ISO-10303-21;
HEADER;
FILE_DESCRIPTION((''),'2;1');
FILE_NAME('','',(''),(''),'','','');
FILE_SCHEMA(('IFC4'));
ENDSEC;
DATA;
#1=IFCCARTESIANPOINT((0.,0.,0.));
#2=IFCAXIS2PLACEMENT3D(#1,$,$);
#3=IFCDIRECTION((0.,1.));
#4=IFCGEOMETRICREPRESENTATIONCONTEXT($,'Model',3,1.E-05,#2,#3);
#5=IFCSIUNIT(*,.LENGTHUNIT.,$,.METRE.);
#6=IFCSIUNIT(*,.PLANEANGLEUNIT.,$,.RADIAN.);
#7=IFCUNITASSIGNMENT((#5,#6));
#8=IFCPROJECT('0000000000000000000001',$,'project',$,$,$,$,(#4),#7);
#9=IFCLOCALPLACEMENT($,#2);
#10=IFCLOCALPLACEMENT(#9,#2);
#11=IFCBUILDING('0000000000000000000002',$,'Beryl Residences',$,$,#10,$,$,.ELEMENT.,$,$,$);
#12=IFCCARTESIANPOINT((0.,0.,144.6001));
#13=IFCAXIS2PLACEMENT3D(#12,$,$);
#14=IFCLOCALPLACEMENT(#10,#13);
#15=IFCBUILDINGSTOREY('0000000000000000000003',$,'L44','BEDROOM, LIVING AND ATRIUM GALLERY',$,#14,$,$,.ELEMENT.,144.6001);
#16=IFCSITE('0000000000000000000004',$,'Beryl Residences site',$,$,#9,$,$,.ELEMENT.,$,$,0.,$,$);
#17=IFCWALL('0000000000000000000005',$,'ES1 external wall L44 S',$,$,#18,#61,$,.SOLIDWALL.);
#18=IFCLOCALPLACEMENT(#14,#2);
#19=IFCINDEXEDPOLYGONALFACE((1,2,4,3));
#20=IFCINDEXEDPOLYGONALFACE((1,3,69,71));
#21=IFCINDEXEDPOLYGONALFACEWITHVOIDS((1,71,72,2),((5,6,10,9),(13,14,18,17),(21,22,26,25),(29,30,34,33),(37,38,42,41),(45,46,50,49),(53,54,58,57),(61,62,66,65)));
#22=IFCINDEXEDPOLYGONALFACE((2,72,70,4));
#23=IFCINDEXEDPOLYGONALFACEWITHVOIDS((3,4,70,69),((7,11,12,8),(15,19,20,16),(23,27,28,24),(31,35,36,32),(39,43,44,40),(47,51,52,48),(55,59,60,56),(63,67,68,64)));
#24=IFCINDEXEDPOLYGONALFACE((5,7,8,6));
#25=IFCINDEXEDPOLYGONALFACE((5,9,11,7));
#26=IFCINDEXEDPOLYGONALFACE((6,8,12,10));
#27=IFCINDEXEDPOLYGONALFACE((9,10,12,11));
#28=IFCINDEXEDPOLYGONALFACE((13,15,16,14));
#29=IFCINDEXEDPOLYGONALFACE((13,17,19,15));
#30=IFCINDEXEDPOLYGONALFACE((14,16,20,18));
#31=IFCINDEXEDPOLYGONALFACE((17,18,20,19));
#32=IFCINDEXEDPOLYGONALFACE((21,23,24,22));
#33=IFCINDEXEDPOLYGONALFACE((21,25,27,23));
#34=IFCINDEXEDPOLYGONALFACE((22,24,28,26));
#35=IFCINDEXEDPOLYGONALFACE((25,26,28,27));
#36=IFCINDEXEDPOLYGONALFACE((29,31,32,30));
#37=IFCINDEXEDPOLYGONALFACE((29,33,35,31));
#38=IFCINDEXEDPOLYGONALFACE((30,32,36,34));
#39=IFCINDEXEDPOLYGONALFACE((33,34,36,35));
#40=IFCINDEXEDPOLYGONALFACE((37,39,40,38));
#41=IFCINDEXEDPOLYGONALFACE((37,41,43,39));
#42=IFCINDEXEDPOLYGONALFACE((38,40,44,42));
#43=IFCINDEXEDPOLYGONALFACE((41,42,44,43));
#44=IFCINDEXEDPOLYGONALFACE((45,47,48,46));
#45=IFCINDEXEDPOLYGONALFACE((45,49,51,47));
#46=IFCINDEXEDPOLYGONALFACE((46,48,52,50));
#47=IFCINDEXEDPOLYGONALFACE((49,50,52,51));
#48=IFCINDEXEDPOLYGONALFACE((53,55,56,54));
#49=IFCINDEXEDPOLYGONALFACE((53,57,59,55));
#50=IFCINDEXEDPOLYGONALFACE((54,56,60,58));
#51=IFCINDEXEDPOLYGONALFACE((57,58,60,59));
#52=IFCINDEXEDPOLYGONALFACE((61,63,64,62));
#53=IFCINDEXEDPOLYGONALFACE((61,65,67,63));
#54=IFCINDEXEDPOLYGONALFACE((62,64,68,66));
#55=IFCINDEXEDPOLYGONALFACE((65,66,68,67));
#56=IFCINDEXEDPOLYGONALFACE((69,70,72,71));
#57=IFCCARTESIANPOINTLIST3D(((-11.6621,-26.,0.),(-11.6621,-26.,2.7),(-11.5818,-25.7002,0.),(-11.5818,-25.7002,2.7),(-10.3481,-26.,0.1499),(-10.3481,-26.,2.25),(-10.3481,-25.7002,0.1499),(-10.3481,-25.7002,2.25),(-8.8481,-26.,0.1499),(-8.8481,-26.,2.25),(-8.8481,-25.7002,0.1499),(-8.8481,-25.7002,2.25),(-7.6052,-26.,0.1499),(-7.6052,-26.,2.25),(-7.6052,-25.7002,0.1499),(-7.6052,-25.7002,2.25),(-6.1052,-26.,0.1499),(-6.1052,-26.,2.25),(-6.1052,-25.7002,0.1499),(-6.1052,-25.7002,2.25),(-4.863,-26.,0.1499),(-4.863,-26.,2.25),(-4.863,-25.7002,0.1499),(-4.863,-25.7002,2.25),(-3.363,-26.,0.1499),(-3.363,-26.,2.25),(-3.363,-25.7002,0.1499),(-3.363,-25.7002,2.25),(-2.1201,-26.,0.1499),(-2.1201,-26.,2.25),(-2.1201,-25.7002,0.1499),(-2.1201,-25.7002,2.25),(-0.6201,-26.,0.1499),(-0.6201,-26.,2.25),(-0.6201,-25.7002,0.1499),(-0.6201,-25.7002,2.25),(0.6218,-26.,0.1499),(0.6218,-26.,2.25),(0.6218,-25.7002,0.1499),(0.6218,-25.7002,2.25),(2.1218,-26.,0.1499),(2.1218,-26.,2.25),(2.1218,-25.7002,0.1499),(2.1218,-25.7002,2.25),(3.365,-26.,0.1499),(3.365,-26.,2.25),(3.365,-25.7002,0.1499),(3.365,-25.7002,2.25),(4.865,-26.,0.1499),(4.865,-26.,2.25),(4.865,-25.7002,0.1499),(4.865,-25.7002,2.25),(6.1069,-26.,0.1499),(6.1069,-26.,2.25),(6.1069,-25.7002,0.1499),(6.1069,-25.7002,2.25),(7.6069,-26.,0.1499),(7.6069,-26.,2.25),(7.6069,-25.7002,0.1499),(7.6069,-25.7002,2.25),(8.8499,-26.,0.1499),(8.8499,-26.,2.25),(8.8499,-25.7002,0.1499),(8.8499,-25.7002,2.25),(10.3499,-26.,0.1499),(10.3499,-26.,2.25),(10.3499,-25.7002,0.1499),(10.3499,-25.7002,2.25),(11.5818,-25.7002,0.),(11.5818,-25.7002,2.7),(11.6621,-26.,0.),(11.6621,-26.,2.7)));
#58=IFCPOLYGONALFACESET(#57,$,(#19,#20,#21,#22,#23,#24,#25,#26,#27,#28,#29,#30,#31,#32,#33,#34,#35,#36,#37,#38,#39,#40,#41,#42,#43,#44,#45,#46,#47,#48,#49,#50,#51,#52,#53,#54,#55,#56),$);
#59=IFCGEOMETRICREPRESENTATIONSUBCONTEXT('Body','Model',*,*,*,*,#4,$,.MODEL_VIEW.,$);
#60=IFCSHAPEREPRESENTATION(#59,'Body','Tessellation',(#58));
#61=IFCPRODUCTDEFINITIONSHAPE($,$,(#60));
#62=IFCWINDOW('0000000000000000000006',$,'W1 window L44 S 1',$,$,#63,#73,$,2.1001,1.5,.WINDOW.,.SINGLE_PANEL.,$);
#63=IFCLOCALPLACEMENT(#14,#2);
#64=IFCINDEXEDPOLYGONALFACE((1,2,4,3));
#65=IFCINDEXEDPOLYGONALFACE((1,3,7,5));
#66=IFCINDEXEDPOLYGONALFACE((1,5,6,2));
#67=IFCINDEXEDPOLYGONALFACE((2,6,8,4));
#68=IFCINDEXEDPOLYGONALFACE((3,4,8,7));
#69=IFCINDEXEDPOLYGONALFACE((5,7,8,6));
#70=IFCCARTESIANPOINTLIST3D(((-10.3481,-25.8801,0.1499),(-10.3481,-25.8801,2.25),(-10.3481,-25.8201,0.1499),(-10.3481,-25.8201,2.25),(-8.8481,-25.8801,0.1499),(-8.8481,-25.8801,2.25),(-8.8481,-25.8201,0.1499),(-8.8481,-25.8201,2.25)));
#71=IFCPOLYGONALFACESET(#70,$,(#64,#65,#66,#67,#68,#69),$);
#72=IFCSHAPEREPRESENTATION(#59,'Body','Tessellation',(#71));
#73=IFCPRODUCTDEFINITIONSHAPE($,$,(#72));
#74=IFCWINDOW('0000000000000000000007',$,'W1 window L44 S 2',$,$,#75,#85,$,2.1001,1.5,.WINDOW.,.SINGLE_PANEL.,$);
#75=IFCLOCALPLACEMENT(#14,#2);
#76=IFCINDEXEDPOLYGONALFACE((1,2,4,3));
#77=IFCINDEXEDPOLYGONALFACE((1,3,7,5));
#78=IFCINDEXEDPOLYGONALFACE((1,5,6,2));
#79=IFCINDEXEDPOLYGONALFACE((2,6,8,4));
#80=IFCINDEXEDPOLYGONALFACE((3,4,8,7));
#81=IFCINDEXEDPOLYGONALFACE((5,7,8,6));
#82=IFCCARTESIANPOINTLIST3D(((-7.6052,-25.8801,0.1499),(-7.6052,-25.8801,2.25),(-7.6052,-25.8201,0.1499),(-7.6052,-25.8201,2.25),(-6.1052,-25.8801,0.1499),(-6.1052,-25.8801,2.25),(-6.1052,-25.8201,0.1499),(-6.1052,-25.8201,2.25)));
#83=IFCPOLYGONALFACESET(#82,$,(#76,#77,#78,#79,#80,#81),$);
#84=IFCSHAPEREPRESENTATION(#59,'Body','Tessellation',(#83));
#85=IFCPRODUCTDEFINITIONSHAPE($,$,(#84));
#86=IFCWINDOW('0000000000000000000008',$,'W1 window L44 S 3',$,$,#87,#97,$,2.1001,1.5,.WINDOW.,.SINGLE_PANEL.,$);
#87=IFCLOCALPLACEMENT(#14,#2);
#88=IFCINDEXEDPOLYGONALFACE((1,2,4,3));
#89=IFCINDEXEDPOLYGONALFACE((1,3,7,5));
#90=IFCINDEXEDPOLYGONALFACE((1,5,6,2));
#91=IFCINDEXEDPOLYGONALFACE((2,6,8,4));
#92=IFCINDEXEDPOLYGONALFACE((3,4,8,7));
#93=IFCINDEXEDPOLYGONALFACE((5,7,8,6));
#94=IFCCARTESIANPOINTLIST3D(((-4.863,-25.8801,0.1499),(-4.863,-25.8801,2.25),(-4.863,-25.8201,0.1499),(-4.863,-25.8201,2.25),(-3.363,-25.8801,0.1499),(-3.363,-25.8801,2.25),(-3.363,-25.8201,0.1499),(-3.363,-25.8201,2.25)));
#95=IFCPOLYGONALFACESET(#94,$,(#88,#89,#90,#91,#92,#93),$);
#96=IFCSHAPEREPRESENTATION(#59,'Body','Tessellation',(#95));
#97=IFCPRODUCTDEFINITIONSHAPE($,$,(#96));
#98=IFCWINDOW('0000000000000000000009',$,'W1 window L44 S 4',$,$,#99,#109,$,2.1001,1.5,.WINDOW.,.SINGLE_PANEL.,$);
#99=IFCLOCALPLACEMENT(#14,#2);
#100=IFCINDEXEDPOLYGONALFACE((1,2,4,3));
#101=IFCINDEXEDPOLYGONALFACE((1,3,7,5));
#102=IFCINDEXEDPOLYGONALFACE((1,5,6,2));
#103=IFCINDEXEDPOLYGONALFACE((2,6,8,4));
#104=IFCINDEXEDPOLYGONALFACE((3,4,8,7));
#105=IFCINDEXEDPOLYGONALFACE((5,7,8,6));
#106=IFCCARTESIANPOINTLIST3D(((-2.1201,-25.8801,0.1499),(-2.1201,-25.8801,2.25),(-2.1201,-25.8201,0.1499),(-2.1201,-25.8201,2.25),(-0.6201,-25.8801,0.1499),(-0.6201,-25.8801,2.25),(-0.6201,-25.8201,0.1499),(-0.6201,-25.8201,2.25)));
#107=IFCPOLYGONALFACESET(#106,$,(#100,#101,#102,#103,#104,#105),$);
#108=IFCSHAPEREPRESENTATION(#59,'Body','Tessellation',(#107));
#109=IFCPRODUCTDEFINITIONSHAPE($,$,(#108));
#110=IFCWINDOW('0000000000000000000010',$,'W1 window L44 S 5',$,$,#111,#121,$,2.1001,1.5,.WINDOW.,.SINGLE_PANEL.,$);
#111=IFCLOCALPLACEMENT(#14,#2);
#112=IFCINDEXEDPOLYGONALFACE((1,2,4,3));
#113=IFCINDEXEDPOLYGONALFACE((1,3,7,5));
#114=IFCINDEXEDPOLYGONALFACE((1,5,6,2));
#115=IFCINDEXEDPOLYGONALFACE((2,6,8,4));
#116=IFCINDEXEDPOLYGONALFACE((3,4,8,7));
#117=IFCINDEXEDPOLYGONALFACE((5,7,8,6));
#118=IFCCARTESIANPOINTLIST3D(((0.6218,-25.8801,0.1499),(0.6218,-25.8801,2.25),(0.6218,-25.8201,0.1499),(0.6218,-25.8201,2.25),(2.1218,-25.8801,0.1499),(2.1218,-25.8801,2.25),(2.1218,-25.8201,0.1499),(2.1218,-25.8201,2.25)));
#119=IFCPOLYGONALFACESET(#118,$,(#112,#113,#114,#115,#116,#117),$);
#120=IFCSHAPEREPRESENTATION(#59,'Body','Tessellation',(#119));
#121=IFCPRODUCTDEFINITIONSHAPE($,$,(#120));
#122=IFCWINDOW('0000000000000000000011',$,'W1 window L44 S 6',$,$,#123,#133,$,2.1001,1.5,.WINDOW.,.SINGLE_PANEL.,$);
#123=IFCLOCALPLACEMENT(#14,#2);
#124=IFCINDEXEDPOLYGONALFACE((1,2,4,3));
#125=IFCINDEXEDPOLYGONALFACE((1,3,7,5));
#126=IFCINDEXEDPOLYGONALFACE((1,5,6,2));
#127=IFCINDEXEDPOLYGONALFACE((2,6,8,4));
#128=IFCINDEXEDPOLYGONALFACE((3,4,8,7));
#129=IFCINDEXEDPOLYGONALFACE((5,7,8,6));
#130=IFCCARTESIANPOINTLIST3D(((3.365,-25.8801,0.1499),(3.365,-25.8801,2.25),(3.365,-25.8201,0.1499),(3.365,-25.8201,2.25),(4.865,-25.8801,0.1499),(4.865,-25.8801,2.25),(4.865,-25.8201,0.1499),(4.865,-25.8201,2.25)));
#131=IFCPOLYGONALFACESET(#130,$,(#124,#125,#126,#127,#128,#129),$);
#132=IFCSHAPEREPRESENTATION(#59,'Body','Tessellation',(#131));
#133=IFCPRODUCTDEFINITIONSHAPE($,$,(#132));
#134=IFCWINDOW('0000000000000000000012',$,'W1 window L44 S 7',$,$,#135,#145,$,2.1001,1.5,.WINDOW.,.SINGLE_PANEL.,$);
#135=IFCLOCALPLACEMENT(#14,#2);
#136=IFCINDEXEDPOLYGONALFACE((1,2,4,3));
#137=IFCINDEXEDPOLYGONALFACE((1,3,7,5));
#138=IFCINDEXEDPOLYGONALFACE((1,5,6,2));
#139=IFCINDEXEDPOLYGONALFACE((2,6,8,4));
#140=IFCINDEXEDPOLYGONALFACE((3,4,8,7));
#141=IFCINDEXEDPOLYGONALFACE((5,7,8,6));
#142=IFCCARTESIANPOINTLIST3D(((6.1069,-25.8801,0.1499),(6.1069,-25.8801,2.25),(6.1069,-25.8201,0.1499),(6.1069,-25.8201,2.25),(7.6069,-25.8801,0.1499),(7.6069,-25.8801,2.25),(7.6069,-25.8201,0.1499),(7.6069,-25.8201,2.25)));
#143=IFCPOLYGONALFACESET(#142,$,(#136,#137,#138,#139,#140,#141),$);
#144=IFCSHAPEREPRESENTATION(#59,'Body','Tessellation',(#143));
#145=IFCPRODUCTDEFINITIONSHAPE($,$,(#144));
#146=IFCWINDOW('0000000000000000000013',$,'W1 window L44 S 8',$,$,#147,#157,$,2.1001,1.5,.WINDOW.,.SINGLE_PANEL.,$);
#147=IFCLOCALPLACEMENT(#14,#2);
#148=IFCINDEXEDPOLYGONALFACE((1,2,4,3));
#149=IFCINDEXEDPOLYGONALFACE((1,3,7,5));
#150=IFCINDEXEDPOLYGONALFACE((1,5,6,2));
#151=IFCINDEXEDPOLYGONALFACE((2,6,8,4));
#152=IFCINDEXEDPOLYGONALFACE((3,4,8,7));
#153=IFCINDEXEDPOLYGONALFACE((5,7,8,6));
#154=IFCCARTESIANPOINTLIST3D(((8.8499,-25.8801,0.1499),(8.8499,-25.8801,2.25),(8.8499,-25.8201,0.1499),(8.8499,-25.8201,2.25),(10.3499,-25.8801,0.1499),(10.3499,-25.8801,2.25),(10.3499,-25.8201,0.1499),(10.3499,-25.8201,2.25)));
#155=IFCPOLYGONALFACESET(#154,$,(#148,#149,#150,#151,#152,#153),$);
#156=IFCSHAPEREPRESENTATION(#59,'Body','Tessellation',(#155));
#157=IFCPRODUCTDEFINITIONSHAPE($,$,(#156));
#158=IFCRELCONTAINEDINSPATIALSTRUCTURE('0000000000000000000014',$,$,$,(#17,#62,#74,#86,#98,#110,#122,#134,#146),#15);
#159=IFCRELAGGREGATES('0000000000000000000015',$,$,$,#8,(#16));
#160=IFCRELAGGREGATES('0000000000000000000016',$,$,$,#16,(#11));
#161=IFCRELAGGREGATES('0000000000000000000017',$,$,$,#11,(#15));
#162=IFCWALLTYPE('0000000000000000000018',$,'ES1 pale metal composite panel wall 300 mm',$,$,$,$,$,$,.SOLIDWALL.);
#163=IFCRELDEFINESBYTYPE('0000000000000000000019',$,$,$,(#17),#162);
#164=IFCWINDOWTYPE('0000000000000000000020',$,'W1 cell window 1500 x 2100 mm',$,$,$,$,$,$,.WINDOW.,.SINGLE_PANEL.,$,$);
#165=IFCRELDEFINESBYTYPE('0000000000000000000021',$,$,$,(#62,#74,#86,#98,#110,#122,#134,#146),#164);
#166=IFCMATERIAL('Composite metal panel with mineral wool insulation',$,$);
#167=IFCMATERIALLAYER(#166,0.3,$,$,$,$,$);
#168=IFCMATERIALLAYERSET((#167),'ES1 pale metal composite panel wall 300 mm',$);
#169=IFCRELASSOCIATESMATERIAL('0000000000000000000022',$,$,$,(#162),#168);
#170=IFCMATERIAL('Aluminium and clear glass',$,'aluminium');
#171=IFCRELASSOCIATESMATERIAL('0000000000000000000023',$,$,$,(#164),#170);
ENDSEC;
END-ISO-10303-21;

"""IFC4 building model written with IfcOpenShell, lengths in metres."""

from ifc_helpers import new_model, si_unit, direction, frame, frame_2d, origin, place, context, subcontext, project, spatial, polyline, rectangle, outline, extrude, material, layer, layer_set, type_object, element, fill, save


model = new_model("IFC4")

# Units and contexts
model_context = context("Model", 3, precision=1e-05, world=origin(), true_north=direction((0.0, 1.0)))
body_context = subcontext(model_context, "Body", "Model", "MODEL_VIEW")
ifc_project = project(units=[si_unit("LENGTHUNIT", "METRE"), si_unit("PLANEANGLEUNIT", "RADIAN")], contexts=[model_context])

# Site, building, storey
site_placement = place(None, origin())
site = spatial("IfcSite", under=ifc_project, at=site_placement, Name="Beryl Residences site", CompositionType="ELEMENT", RefElevation=0.0)
building_placement = place(site_placement, origin())
building = spatial("IfcBuilding", under=site, at=building_placement, Name="Beryl Residences", CompositionType="ELEMENT")
storey_placement = place(building_placement, frame((0.0, 0.0, 144.6001)))
storey = spatial("IfcBuildingStorey", under=building, at=storey_placement, Name="L44", Description="BEDROOM, LIVING AND ATRIUM GALLERY", CompositionType="ELEMENT", Elevation=144.6001)

# Wall, openings, windows
ifc_material_1 = material(Name="Composite metal panel with mineral wool insulation")
ifc_layer_1 = layer(ifc_material_1, 0.3)
ifc_layer_set_1 = layer_set([ifc_layer_1], Name="ES1 pale metal composite panel wall 300 mm")
wall_type_1 = type_object("IfcWallType", Name="ES1 pale metal composite panel wall 300 mm", PredefinedType="SOLIDWALL", material=ifc_layer_set_1)
wall_1_placement = place(storey_placement, frame((-11.6621, -25.8501, 0.0), z_axis=(0.0, 0.0, 1.0), x_axis=(1.0, 0.0, 0.0)))
wall_1 = element("IfcWall", 1, at=wall_1_placement, inside=storey, type_object=wall_type_1, Name="ES1 external wall L44 S", PredefinedType="SOLIDWALL", context=body_context, shape_type="SweptSolid", body=[
    extrude(outline(polyline([(0.0, -0.1499), (23.3242, -0.1499), (23.2439, 0.1499), (0.0803, 0.1499), (0.0, -0.1499)])), origin(), (0.0, 0.0, 1.0), 2.7),
])
opening_1_placement = place(wall_1_placement, frame((1.314, 0.0, 0.1499)))
opening_1 = element("IfcOpeningElement", 2, at=opening_1_placement, cuts=wall_1, PredefinedType="OPENING", context=body_context, shape_type="SweptSolid", body=[
    extrude(rectangle(XDim=1.5, YDim=2.1001, at=frame_2d((0.75, 1.05))), frame((0.0, 0.1599, 0.0), z_axis=(0.0, -1.0, 0.0), x_axis=(1.0, 0.0, 0.0)), (0.0, 0.0, 1.0), 0.3201),
])
opening_2_placement = place(wall_1_placement, frame((4.0569, 0.0, 0.1499)))
opening_2 = element("IfcOpeningElement", 3, at=opening_2_placement, cuts=wall_1, PredefinedType="OPENING", context=body_context, shape_type="SweptSolid", body=[
    extrude(rectangle(XDim=1.5, YDim=2.1001, at=frame_2d((0.75, 1.05))), frame((0.0, 0.1599, 0.0), z_axis=(0.0, -1.0, 0.0), x_axis=(1.0, 0.0, 0.0)), (0.0, 0.0, 1.0), 0.3201),
])
opening_3_placement = place(wall_1_placement, frame((6.7991, 0.0, 0.1499)))
opening_3 = element("IfcOpeningElement", 4, at=opening_3_placement, cuts=wall_1, PredefinedType="OPENING", context=body_context, shape_type="SweptSolid", body=[
    extrude(rectangle(XDim=1.5, YDim=2.1001, at=frame_2d((0.75, 1.05))), frame((0.0, 0.1599, 0.0), z_axis=(0.0, -1.0, 0.0), x_axis=(1.0, 0.0, 0.0)), (0.0, 0.0, 1.0), 0.3201),
])
opening_4_placement = place(wall_1_placement, frame((9.542, 0.0, 0.1499)))
opening_4 = element("IfcOpeningElement", 5, at=opening_4_placement, cuts=wall_1, PredefinedType="OPENING", context=body_context, shape_type="SweptSolid", body=[
    extrude(rectangle(XDim=1.5, YDim=2.1001, at=frame_2d((0.75, 1.05))), frame((0.0, 0.1599, 0.0), z_axis=(0.0, -1.0, 0.0), x_axis=(1.0, 0.0, 0.0)), (0.0, 0.0, 1.0), 0.3201),
])
opening_5_placement = place(wall_1_placement, frame((12.2839, 0.0, 0.1499)))
opening_5 = element("IfcOpeningElement", 6, at=opening_5_placement, cuts=wall_1, PredefinedType="OPENING", context=body_context, shape_type="SweptSolid", body=[
    extrude(rectangle(XDim=1.5, YDim=2.1001, at=frame_2d((0.75, 1.05))), frame((0.0, 0.1599, 0.0), z_axis=(0.0, -1.0, 0.0), x_axis=(1.0, 0.0, 0.0)), (0.0, 0.0, 1.0), 0.3201),
])
opening_6_placement = place(wall_1_placement, frame((15.0271, 0.0, 0.1499)))
opening_6 = element("IfcOpeningElement", 7, at=opening_6_placement, cuts=wall_1, PredefinedType="OPENING", context=body_context, shape_type="SweptSolid", body=[
    extrude(rectangle(XDim=1.5, YDim=2.1001, at=frame_2d((0.75, 1.05))), frame((0.0, 0.1599, 0.0), z_axis=(0.0, -1.0, 0.0), x_axis=(1.0, 0.0, 0.0)), (0.0, 0.0, 1.0), 0.3201),
])
opening_7_placement = place(wall_1_placement, frame((17.769, 0.0, 0.1499)))
opening_7 = element("IfcOpeningElement", 8, at=opening_7_placement, cuts=wall_1, PredefinedType="OPENING", context=body_context, shape_type="SweptSolid", body=[
    extrude(rectangle(XDim=1.5, YDim=2.1001, at=frame_2d((0.75, 1.05))), frame((0.0, 0.1599, 0.0), z_axis=(0.0, -1.0, 0.0), x_axis=(1.0, 0.0, 0.0)), (0.0, 0.0, 1.0), 0.3201),
])
opening_8_placement = place(wall_1_placement, frame((20.512, 0.0, 0.1499)))
opening_8 = element("IfcOpeningElement", 9, at=opening_8_placement, cuts=wall_1, PredefinedType="OPENING", context=body_context, shape_type="SweptSolid", body=[
    extrude(rectangle(XDim=1.5, YDim=2.1001, at=frame_2d((0.75, 1.05))), frame((0.0, 0.1599, 0.0), z_axis=(0.0, -1.0, 0.0), x_axis=(1.0, 0.0, 0.0)), (0.0, 0.0, 1.0), 0.3201),
])
ifc_material_2 = material(Name="Aluminium and clear glass", Category="aluminium")
window_type = type_object("IfcWindowType", Name="W1 cell window 1500 x 2100 mm", PartitioningType="SINGLE_PANEL", PredefinedType="WINDOW", material=ifc_material_2)
window_1_placement = place(opening_1_placement, origin())
window_1 = element("IfcWindow", 10, at=window_1_placement, inside=storey, type_object=window_type, Name="W1 window L44 S 1", OverallHeight=2.1001, OverallWidth=1.5, PartitioningType="SINGLE_PANEL", PredefinedType="WINDOW", context=body_context, shape_type="SweptSolid", body=[
    extrude(rectangle(XDim=1.5, YDim=2.1001, at=frame_2d((0.75, 1.05))), frame((0.0, 0.03, 0.0), z_axis=(0.0, -1.0, 0.0), x_axis=(1.0, 0.0, 0.0)), (0.0, 0.0, 1.0), 0.0601),
])
fill(opening_1, window_1)
window_2_placement = place(opening_2_placement, origin())
window_2 = element("IfcWindow", 11, at=window_2_placement, inside=storey, type_object=window_type, Name="W1 window L44 S 2", OverallHeight=2.1001, OverallWidth=1.5, PartitioningType="SINGLE_PANEL", PredefinedType="WINDOW", context=body_context, shape_type="SweptSolid", body=[
    extrude(rectangle(XDim=1.5, YDim=2.1001, at=frame_2d((0.75, 1.05))), frame((0.0, 0.03, 0.0), z_axis=(0.0, -1.0, 0.0), x_axis=(1.0, 0.0, 0.0)), (0.0, 0.0, 1.0), 0.0601),
])
fill(opening_2, window_2)
window_3_placement = place(opening_3_placement, origin())
window_3 = element("IfcWindow", 12, at=window_3_placement, inside=storey, type_object=window_type, Name="W1 window L44 S 3", OverallHeight=2.1001, OverallWidth=1.5, PartitioningType="SINGLE_PANEL", PredefinedType="WINDOW", context=body_context, shape_type="SweptSolid", body=[
    extrude(rectangle(XDim=1.5, YDim=2.1001, at=frame_2d((0.75, 1.05))), frame((0.0, 0.03, 0.0), z_axis=(0.0, -1.0, 0.0), x_axis=(1.0, 0.0, 0.0)), (0.0, 0.0, 1.0), 0.0601),
])
fill(opening_3, window_3)
window_4_placement = place(opening_4_placement, origin())
window_4 = element("IfcWindow", 13, at=window_4_placement, inside=storey, type_object=window_type, Name="W1 window L44 S 4", OverallHeight=2.1001, OverallWidth=1.5, PartitioningType="SINGLE_PANEL", PredefinedType="WINDOW", context=body_context, shape_type="SweptSolid", body=[
    extrude(rectangle(XDim=1.5, YDim=2.1001, at=frame_2d((0.75, 1.05))), frame((0.0, 0.03, 0.0), z_axis=(0.0, -1.0, 0.0), x_axis=(1.0, 0.0, 0.0)), (0.0, 0.0, 1.0), 0.0601),
])
fill(opening_4, window_4)
window_5_placement = place(opening_5_placement, origin())
window_5 = element("IfcWindow", 14, at=window_5_placement, inside=storey, type_object=window_type, Name="W1 window L44 S 5", OverallHeight=2.1001, OverallWidth=1.5, PartitioningType="SINGLE_PANEL", PredefinedType="WINDOW", context=body_context, shape_type="SweptSolid", body=[
    extrude(rectangle(XDim=1.5, YDim=2.1001, at=frame_2d((0.75, 1.05))), frame((0.0, 0.03, 0.0), z_axis=(0.0, -1.0, 0.0), x_axis=(1.0, 0.0, 0.0)), (0.0, 0.0, 1.0), 0.0601),
])
fill(opening_5, window_5)
window_6_placement = place(opening_6_placement, origin())
window_6 = element("IfcWindow", 15, at=window_6_placement, inside=storey, type_object=window_type, Name="W1 window L44 S 6", OverallHeight=2.1001, OverallWidth=1.5, PartitioningType="SINGLE_PANEL", PredefinedType="WINDOW", context=body_context, shape_type="SweptSolid", body=[
    extrude(rectangle(XDim=1.5, YDim=2.1001, at=frame_2d((0.75, 1.05))), frame((0.0, 0.03, 0.0), z_axis=(0.0, -1.0, 0.0), x_axis=(1.0, 0.0, 0.0)), (0.0, 0.0, 1.0), 0.0601),
])
fill(opening_6, window_6)
window_7_placement = place(opening_7_placement, origin())
window_7 = element("IfcWindow", 16, at=window_7_placement, inside=storey, type_object=window_type, Name="W1 window L44 S 7", OverallHeight=2.1001, OverallWidth=1.5, PartitioningType="SINGLE_PANEL", PredefinedType="WINDOW", context=body_context, shape_type="SweptSolid", body=[
    extrude(rectangle(XDim=1.5, YDim=2.1001, at=frame_2d((0.75, 1.05))), frame((0.0, 0.03, 0.0), z_axis=(0.0, -1.0, 0.0), x_axis=(1.0, 0.0, 0.0)), (0.0, 0.0, 1.0), 0.0601),
])
fill(opening_7, window_7)
window_8_placement = place(opening_8_placement, origin())
window_8 = element("IfcWindow", 17, at=window_8_placement, inside=storey, type_object=window_type, Name="W1 window L44 S 8", OverallHeight=2.1001, OverallWidth=1.5, PartitioningType="SINGLE_PANEL", PredefinedType="WINDOW", context=body_context, shape_type="SweptSolid", body=[
    extrude(rectangle(XDim=1.5, YDim=2.1001, at=frame_2d((0.75, 1.05))), frame((0.0, 0.03, 0.0), z_axis=(0.0, -1.0, 0.0), x_axis=(1.0, 0.0, 0.0)), (0.0, 0.0, 1.0), 0.0601),
])
fill(opening_8, window_8)

save(model, "model.ifc")
